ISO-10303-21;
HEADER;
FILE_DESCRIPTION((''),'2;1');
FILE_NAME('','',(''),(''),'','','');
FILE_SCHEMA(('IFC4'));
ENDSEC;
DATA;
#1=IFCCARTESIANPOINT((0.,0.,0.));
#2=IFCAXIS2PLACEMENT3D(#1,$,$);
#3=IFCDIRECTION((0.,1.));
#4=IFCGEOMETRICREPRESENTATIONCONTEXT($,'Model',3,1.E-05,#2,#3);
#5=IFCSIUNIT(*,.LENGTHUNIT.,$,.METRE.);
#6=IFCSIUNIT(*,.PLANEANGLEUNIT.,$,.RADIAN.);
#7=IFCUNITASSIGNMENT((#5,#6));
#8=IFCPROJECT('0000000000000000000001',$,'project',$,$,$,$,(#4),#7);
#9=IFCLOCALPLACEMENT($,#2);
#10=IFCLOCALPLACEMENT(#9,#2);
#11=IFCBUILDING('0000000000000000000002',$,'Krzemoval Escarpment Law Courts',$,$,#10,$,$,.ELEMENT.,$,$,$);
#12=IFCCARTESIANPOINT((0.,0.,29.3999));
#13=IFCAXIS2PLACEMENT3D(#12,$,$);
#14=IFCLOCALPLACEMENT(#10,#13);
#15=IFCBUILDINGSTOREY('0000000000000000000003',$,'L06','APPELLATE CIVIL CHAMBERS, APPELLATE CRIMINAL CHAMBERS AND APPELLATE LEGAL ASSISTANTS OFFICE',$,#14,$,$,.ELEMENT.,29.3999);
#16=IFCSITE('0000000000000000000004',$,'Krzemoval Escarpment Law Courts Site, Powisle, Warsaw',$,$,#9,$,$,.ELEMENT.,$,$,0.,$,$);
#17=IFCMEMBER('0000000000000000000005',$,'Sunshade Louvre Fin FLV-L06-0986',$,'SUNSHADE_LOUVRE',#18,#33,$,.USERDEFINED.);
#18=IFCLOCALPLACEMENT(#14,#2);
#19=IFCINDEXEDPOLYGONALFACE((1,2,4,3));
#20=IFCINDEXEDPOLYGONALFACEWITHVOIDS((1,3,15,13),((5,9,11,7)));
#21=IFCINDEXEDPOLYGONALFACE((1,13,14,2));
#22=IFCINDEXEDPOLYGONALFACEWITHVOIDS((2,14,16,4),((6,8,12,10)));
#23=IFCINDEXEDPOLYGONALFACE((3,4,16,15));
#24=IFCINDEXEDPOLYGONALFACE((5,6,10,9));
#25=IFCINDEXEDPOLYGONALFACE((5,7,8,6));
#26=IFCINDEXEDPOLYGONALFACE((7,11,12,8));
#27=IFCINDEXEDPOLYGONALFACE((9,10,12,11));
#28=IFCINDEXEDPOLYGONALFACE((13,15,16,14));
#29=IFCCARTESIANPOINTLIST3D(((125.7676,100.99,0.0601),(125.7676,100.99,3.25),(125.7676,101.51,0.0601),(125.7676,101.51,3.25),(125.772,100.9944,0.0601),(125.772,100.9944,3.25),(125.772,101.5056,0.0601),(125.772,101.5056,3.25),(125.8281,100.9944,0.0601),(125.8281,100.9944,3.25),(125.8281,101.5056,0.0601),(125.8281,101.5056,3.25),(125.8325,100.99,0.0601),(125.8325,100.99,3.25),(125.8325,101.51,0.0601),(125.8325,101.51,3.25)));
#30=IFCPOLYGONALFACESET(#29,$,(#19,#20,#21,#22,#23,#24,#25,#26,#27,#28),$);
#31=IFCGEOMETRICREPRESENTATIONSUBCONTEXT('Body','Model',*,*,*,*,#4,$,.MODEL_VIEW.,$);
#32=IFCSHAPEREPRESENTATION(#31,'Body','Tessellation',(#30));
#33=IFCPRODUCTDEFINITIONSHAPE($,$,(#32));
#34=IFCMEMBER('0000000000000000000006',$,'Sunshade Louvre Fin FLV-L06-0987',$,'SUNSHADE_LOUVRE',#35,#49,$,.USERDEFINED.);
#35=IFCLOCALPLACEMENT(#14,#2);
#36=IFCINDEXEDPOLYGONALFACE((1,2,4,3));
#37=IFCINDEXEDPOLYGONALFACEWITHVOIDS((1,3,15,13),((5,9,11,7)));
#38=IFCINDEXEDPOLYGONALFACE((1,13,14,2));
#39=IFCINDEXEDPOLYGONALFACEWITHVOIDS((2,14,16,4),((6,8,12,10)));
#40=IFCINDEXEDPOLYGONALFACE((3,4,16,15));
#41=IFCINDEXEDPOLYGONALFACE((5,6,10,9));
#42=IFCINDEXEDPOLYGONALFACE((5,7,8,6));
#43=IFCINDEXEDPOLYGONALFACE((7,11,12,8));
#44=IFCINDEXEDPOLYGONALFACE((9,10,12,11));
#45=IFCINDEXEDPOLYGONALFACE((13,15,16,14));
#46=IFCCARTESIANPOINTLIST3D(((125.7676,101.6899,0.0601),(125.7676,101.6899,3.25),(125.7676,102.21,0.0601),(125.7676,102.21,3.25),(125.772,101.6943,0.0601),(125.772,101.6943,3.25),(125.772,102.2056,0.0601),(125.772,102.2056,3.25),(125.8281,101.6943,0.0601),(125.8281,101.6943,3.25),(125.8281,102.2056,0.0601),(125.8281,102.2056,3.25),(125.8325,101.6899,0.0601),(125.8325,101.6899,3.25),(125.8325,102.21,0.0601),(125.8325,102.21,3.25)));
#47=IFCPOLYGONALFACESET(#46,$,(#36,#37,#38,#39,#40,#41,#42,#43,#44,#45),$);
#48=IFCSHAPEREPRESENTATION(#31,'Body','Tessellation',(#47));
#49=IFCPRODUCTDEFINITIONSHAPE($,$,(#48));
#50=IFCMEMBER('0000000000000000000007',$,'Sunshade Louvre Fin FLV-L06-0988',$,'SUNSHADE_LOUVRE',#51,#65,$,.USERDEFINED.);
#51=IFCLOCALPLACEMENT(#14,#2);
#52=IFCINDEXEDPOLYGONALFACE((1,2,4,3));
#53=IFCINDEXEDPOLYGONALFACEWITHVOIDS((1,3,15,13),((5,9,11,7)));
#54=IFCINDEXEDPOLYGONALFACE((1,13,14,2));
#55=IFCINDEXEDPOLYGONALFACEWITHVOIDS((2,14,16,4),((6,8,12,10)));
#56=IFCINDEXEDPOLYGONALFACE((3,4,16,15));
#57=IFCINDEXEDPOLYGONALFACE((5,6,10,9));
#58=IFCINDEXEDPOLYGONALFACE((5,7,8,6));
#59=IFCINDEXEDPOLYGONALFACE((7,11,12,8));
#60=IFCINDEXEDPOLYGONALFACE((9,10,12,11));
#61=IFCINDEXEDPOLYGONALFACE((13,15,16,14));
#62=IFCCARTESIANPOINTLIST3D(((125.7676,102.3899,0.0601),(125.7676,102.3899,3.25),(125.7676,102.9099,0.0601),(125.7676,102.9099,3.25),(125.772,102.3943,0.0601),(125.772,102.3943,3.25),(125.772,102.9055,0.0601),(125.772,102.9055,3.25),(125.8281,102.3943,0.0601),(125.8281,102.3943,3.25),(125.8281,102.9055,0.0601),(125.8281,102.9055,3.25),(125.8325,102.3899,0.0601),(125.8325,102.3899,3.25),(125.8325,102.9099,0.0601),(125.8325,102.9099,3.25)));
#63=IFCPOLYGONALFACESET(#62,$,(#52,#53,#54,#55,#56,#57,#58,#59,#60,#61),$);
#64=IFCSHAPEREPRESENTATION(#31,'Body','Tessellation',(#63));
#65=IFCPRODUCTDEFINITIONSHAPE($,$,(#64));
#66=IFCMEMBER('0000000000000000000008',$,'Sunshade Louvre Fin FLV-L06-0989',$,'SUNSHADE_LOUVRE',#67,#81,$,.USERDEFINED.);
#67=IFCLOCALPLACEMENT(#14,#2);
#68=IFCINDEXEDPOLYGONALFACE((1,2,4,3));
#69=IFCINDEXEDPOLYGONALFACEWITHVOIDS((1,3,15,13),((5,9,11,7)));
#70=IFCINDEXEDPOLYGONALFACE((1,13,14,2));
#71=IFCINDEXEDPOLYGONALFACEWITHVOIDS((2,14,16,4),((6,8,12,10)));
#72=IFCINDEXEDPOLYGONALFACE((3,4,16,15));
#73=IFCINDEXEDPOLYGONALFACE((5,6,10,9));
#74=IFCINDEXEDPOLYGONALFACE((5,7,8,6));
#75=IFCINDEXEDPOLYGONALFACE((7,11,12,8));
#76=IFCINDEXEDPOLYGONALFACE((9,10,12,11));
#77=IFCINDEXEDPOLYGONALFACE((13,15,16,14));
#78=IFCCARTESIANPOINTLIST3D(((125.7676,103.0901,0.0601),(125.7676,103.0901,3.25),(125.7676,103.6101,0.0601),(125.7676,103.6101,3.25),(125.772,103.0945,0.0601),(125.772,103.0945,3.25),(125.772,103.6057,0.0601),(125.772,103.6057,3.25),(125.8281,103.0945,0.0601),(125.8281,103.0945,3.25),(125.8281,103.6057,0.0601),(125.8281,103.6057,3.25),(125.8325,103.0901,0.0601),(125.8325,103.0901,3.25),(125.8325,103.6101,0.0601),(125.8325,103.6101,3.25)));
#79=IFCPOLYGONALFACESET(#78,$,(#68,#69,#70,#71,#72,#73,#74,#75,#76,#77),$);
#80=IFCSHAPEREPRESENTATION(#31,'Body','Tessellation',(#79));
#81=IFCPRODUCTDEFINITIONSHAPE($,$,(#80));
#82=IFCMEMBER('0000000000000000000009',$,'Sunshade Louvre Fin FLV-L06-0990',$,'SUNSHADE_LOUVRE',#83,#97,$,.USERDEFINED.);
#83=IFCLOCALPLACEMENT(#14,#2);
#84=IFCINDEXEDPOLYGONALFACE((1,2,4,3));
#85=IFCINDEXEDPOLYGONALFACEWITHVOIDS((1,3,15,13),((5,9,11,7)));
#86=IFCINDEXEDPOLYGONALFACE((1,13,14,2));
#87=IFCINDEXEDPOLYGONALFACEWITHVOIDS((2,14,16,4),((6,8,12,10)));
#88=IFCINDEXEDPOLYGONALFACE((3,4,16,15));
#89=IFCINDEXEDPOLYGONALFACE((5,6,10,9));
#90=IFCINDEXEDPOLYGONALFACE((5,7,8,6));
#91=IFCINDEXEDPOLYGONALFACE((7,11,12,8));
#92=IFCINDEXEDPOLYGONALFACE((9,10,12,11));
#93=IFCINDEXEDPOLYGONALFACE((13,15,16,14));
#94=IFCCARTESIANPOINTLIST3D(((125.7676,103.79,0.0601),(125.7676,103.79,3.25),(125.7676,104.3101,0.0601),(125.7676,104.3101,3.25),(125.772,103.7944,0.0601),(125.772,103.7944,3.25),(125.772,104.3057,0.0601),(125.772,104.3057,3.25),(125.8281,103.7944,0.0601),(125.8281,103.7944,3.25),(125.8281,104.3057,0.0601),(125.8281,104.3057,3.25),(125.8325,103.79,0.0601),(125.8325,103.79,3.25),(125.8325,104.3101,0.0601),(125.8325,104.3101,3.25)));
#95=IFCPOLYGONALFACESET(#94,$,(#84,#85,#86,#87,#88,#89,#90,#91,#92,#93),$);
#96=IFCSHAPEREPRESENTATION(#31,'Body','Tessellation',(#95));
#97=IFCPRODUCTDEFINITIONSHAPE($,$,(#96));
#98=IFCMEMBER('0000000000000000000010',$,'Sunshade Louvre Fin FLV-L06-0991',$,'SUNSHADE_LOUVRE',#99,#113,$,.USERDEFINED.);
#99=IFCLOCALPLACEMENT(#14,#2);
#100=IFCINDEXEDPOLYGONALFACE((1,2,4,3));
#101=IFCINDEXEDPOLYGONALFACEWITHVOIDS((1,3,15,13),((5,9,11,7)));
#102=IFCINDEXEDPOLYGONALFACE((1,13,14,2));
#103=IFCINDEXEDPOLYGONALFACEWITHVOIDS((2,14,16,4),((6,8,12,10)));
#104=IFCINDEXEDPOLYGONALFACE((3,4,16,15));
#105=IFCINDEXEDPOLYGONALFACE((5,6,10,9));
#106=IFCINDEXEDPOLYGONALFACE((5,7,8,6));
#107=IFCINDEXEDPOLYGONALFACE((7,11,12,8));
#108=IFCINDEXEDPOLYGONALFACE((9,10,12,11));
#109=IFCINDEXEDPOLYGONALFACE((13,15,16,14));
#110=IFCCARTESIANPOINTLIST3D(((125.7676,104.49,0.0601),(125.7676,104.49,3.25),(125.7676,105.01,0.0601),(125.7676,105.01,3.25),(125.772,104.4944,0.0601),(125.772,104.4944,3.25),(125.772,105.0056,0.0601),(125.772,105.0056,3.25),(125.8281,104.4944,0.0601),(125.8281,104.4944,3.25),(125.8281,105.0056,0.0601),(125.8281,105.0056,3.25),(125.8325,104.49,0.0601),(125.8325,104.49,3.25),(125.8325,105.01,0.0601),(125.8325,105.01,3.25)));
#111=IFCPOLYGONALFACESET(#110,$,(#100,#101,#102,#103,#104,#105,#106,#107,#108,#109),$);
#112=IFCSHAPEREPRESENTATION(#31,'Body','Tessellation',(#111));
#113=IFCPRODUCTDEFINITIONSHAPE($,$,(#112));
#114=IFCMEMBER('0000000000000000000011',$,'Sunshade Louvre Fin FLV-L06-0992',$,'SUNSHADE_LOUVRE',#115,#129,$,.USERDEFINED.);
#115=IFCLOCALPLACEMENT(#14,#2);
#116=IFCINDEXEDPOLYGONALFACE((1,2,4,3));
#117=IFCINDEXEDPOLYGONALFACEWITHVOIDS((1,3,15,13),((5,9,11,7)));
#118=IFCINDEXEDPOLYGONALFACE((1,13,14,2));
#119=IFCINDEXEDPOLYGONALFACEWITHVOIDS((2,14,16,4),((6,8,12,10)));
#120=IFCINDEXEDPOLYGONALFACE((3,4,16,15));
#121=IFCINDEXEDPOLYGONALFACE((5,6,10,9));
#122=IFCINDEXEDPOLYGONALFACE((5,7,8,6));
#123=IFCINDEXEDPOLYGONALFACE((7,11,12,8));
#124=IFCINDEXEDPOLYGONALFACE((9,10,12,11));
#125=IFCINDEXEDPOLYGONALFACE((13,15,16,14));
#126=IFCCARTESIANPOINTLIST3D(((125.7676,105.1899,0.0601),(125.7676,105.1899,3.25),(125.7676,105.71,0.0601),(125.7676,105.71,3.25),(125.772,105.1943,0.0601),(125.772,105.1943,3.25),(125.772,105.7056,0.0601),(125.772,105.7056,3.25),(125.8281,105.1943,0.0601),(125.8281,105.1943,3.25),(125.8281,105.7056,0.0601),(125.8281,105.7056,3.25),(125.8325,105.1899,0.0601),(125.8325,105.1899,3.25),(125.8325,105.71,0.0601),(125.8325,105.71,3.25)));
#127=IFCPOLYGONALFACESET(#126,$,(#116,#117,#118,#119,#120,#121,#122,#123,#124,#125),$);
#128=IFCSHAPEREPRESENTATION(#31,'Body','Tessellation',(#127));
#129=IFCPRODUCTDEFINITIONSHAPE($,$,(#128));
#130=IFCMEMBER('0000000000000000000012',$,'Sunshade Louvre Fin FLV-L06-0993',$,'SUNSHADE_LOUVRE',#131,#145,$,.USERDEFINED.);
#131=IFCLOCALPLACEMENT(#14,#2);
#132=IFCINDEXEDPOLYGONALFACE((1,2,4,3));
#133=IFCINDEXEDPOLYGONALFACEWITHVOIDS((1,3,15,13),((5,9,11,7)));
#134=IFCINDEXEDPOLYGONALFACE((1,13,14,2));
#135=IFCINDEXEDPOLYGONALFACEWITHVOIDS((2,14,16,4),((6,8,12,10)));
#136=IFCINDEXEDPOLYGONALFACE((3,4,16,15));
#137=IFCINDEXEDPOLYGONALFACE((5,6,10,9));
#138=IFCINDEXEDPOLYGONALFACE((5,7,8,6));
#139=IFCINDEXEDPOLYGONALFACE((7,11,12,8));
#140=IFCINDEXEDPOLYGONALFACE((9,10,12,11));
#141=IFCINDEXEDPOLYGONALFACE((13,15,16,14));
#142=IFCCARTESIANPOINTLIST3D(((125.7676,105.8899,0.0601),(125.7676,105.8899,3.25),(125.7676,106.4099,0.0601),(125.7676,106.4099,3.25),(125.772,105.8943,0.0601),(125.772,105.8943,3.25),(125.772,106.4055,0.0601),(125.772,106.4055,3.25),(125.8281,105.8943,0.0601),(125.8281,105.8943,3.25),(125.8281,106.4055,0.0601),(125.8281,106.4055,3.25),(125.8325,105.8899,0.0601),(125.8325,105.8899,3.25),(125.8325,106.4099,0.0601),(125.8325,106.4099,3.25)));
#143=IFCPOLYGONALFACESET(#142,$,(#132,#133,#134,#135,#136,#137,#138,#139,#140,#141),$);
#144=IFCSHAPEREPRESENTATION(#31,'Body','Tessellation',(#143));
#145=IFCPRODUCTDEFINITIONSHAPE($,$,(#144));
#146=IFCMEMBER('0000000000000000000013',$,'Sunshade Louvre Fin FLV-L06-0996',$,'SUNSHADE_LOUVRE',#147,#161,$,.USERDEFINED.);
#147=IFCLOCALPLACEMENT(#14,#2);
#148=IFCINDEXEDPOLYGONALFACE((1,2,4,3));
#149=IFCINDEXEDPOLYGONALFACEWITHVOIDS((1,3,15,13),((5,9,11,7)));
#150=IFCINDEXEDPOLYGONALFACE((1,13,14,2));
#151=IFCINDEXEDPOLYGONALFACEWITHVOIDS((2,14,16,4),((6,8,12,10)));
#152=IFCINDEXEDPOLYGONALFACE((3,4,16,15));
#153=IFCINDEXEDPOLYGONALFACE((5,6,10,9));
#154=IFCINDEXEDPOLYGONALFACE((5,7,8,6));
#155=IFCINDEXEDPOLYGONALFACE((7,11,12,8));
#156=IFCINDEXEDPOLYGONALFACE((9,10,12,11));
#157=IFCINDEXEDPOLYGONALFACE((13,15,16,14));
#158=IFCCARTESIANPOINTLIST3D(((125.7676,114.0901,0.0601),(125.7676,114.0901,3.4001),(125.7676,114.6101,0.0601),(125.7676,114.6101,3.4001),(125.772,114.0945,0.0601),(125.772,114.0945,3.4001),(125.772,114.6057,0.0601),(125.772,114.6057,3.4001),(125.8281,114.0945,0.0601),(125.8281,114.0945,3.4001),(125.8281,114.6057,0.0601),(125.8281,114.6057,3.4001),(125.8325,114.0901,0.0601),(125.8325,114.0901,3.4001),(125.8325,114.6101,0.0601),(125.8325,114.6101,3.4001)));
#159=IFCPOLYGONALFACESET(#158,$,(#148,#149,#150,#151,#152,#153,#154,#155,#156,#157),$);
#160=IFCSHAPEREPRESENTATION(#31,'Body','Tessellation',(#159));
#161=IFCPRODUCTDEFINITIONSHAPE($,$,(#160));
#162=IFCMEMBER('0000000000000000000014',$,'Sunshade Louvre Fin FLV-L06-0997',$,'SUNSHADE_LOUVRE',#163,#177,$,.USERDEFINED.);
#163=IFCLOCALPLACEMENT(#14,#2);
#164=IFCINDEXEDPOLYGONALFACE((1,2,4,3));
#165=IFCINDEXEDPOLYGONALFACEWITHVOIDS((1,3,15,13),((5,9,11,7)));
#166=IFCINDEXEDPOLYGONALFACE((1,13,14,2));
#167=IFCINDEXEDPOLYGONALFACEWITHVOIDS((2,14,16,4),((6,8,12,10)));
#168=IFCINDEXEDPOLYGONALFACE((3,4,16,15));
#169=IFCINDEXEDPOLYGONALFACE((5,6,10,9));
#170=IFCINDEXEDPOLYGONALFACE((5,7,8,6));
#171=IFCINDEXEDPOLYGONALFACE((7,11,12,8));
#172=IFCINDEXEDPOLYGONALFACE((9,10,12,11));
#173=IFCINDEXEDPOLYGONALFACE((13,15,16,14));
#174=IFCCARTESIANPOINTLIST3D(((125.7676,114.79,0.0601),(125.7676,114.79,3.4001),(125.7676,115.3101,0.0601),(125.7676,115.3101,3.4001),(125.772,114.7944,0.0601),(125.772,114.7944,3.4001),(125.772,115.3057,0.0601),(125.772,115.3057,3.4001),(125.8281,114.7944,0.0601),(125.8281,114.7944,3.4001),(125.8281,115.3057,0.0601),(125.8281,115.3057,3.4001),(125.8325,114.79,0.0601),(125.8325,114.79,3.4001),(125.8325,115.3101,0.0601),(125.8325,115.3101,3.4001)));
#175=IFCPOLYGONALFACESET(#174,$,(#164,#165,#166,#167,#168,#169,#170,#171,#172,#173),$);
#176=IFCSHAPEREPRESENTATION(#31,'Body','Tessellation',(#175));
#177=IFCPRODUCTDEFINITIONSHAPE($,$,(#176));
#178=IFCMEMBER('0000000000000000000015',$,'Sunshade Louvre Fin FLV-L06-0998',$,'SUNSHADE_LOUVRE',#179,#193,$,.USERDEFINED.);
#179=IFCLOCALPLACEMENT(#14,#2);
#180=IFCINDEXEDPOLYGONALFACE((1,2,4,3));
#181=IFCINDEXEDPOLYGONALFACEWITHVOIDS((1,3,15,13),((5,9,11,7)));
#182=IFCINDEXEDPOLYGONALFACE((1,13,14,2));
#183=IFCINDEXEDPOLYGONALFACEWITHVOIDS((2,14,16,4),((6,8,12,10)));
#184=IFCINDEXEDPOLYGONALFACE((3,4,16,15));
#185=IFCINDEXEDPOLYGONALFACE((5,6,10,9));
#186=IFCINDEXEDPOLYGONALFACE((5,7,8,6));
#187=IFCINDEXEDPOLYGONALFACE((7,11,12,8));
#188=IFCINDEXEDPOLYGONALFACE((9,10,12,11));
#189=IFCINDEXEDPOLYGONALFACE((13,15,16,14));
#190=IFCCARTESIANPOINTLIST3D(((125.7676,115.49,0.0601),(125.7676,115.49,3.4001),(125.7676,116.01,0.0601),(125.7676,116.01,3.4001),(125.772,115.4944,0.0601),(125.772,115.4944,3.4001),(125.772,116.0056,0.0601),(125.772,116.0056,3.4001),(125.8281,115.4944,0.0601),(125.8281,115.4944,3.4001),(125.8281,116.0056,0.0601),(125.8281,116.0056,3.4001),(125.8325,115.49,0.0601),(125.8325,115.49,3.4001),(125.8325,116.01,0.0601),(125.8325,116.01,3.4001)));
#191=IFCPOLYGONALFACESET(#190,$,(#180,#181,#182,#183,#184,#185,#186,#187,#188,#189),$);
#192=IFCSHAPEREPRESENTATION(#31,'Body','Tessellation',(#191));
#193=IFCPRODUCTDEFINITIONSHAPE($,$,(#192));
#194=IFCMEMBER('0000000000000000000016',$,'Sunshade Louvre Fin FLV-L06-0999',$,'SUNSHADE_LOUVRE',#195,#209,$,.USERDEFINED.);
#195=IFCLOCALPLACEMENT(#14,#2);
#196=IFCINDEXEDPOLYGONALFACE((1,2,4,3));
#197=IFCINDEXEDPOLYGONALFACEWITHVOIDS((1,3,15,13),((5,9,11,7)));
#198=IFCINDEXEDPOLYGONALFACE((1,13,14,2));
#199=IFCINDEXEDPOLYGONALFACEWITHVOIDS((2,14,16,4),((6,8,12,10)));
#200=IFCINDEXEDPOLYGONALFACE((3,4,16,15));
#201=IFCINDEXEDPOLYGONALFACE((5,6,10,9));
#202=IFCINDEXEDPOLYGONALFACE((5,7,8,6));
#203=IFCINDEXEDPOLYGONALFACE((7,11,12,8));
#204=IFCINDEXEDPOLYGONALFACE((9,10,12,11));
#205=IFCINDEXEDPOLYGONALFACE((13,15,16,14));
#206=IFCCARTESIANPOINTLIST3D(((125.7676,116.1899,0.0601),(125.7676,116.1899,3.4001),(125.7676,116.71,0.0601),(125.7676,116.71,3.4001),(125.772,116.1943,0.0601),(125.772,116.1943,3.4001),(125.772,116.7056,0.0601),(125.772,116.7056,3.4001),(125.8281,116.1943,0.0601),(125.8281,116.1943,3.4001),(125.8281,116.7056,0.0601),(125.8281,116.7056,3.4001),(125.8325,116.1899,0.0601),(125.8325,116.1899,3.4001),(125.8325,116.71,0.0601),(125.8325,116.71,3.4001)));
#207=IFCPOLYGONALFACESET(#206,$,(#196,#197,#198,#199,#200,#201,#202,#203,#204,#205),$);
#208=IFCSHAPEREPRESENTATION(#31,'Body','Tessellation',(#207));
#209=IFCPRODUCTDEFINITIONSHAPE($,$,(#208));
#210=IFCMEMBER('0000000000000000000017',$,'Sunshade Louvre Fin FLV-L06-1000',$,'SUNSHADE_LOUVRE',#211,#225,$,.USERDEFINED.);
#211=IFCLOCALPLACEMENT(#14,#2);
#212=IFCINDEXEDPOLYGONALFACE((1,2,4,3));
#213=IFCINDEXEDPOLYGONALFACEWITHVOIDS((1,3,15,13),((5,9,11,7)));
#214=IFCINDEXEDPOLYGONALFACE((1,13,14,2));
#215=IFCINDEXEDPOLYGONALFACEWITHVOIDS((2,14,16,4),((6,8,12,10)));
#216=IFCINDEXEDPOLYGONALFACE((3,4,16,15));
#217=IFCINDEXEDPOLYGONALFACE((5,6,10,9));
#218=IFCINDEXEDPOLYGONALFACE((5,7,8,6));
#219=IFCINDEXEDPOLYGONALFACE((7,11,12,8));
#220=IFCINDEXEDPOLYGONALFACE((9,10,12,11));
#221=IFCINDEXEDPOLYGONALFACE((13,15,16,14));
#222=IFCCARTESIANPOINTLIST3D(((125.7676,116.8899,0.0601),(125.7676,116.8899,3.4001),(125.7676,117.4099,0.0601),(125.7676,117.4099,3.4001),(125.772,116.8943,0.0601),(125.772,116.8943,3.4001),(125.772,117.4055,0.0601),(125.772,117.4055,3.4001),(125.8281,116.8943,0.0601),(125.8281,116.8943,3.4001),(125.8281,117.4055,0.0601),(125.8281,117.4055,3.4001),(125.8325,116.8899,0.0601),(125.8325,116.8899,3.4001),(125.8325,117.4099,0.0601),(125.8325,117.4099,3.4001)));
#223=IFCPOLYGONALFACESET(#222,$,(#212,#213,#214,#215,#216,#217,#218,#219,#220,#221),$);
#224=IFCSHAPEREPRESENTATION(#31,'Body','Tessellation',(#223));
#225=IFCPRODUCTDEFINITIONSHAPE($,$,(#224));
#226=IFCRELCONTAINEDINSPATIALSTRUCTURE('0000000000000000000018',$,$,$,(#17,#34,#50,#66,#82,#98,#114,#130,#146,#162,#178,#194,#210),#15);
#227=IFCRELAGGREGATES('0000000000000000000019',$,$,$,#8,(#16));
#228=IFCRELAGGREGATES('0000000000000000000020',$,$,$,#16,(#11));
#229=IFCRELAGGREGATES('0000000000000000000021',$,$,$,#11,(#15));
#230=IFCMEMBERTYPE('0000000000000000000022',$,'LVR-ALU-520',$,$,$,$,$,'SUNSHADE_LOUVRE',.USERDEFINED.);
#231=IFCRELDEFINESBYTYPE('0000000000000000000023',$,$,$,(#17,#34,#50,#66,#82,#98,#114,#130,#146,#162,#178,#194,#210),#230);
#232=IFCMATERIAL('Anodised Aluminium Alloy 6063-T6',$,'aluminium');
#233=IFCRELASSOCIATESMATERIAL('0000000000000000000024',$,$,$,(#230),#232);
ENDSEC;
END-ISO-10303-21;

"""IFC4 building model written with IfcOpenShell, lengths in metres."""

from ifc_helpers import new_model, si_unit, direction, frame, origin, origin_2d, place, context, subcontext, project, spatial, hollow_rectangle, extrude, material, material_profile, profile_set, type_object, element, save


model = new_model("IFC4")

# Units and contexts
model_context = context("Model", 3, precision=1e-05, world=origin(), true_north=direction((0.0, 1.0)))
body_context = subcontext(model_context, "Body", "Model", "MODEL_VIEW")
ifc_project = project(units=[si_unit("LENGTHUNIT", "METRE"), si_unit("PLANEANGLEUNIT", "RADIAN")], contexts=[model_context])

# Site, building, storey
site_placement = place(None, origin())
site = spatial("IfcSite", under=ifc_project, at=site_placement, Name="Krzemoval Escarpment Law Courts Site, Powisle, Warsaw", CompositionType="ELEMENT", RefElevation=0.0)
building_placement = place(site_placement, origin())
building = spatial("IfcBuilding", under=site, at=building_placement, Name="Krzemoval Escarpment Law Courts", CompositionType="ELEMENT")
storey_placement = place(building_placement, frame((0.0, 0.0, 29.3999)))
storey = spatial("IfcBuildingStorey", under=building, at=storey_placement, Name="L06", Description="APPELLATE CIVIL CHAMBERS, APPELLATE CRIMINAL CHAMBERS AND APPELLATE LEGAL ASSISTANTS OFFICE", CompositionType="ELEMENT", Elevation=29.3999)

# Members
ifc_material_1 = material(Name="Anodised Aluminium Alloy 6063-T6", Category="aluminium")
ifc_material_profile_1 = material_profile(ifc_material_1, hollow_rectangle(XDim=0.0649, YDim=0.52, WallThickness=0.0044, at=origin_2d()), Name="ALU LVR 65x520")
ifc_profile_set_1 = profile_set([ifc_material_profile_1], Name="Anodised Aluminium Alloy 6063-T6")
member_type_1 = type_object("IfcMemberType", Name="LVR-ALU-520", ElementType="SUNSHADE_LOUVRE", PredefinedType="USERDEFINED", material=ifc_profile_set_1)
for number, where, z_axis, x_axis, name in (
    (1, (125.8, 101.25, 0.0601), (0.0, 0.0, 1.0), (1.0, 0.0, 0.0), "Sunshade Louvre Fin FLV-L06-0986"),
    (2, (125.8, 101.95, 0.0601), (0.0, 0.0, 1.0), (1.0, 0.0, 0.0), "Sunshade Louvre Fin FLV-L06-0987"),
    (3, (125.8, 102.6499, 0.0601), (0.0, 0.0, 1.0), (1.0, 0.0, 0.0), "Sunshade Louvre Fin FLV-L06-0988"),
    (4, (125.8, 103.3501, 0.0601), (0.0, 0.0, 1.0), (1.0, 0.0, 0.0), "Sunshade Louvre Fin FLV-L06-0989"),
    (5, (125.8, 104.05, 0.0601), (0.0, 0.0, 1.0), (1.0, 0.0, 0.0), "Sunshade Louvre Fin FLV-L06-0990"),
    (6, (125.8, 104.75, 0.0601), (0.0, 0.0, 1.0), (1.0, 0.0, 0.0), "Sunshade Louvre Fin FLV-L06-0991"),
    (7, (125.8, 105.45, 0.0601), (0.0, 0.0, 1.0), (1.0, 0.0, 0.0), "Sunshade Louvre Fin FLV-L06-0992"),
    (8, (125.8, 106.1499, 0.0601), (0.0, 0.0, 1.0), (1.0, 0.0, 0.0), "Sunshade Louvre Fin FLV-L06-0993"),
):
    element("IfcMember", number, at=place(storey_placement, frame(where, z_axis=z_axis, x_axis=x_axis)), inside=storey, type_object=member_type_1, Name=name, ObjectType="SUNSHADE_LOUVRE", PredefinedType="USERDEFINED", context=body_context, shape_type="SweptSolid", body=[
        extrude(hollow_rectangle(XDim=0.0649, YDim=0.52, WallThickness=0.0044, at=origin_2d()), origin(), (0.0, 0.0, 1.0), 3.1899),
    ])
for number, where, z_axis, x_axis, name in (
    (9, (125.8, 114.3501, 0.0601), (0.0, 0.0, 1.0), (1.0, 0.0, 0.0), "Sunshade Louvre Fin FLV-L06-0996"),
    (10, (125.8, 115.05, 0.0601), (0.0, 0.0, 1.0), (1.0, 0.0, 0.0), "Sunshade Louvre Fin FLV-L06-0997"),
    (11, (125.8, 115.75, 0.0601), (0.0, 0.0, 1.0), (1.0, 0.0, 0.0), "Sunshade Louvre Fin FLV-L06-0998"),
    (12, (125.8, 116.45, 0.0601), (0.0, 0.0, 1.0), (1.0, 0.0, 0.0), "Sunshade Louvre Fin FLV-L06-0999"),
    (13, (125.8, 117.1499, 0.0601), (0.0, 0.0, 1.0), (1.0, 0.0, 0.0), "Sunshade Louvre Fin FLV-L06-1000"),
):
    element("IfcMember", number, at=place(storey_placement, frame(where, z_axis=z_axis, x_axis=x_axis)), inside=storey, type_object=member_type_1, Name=name, ObjectType="SUNSHADE_LOUVRE", PredefinedType="USERDEFINED", context=body_context, shape_type="SweptSolid", body=[
        extrude(hollow_rectangle(XDim=0.0649, YDim=0.52, WallThickness=0.0044, at=origin_2d()), origin(), (0.0, 0.0, 1.0), 3.3401),
    ])

save(model, "model.ifc")
